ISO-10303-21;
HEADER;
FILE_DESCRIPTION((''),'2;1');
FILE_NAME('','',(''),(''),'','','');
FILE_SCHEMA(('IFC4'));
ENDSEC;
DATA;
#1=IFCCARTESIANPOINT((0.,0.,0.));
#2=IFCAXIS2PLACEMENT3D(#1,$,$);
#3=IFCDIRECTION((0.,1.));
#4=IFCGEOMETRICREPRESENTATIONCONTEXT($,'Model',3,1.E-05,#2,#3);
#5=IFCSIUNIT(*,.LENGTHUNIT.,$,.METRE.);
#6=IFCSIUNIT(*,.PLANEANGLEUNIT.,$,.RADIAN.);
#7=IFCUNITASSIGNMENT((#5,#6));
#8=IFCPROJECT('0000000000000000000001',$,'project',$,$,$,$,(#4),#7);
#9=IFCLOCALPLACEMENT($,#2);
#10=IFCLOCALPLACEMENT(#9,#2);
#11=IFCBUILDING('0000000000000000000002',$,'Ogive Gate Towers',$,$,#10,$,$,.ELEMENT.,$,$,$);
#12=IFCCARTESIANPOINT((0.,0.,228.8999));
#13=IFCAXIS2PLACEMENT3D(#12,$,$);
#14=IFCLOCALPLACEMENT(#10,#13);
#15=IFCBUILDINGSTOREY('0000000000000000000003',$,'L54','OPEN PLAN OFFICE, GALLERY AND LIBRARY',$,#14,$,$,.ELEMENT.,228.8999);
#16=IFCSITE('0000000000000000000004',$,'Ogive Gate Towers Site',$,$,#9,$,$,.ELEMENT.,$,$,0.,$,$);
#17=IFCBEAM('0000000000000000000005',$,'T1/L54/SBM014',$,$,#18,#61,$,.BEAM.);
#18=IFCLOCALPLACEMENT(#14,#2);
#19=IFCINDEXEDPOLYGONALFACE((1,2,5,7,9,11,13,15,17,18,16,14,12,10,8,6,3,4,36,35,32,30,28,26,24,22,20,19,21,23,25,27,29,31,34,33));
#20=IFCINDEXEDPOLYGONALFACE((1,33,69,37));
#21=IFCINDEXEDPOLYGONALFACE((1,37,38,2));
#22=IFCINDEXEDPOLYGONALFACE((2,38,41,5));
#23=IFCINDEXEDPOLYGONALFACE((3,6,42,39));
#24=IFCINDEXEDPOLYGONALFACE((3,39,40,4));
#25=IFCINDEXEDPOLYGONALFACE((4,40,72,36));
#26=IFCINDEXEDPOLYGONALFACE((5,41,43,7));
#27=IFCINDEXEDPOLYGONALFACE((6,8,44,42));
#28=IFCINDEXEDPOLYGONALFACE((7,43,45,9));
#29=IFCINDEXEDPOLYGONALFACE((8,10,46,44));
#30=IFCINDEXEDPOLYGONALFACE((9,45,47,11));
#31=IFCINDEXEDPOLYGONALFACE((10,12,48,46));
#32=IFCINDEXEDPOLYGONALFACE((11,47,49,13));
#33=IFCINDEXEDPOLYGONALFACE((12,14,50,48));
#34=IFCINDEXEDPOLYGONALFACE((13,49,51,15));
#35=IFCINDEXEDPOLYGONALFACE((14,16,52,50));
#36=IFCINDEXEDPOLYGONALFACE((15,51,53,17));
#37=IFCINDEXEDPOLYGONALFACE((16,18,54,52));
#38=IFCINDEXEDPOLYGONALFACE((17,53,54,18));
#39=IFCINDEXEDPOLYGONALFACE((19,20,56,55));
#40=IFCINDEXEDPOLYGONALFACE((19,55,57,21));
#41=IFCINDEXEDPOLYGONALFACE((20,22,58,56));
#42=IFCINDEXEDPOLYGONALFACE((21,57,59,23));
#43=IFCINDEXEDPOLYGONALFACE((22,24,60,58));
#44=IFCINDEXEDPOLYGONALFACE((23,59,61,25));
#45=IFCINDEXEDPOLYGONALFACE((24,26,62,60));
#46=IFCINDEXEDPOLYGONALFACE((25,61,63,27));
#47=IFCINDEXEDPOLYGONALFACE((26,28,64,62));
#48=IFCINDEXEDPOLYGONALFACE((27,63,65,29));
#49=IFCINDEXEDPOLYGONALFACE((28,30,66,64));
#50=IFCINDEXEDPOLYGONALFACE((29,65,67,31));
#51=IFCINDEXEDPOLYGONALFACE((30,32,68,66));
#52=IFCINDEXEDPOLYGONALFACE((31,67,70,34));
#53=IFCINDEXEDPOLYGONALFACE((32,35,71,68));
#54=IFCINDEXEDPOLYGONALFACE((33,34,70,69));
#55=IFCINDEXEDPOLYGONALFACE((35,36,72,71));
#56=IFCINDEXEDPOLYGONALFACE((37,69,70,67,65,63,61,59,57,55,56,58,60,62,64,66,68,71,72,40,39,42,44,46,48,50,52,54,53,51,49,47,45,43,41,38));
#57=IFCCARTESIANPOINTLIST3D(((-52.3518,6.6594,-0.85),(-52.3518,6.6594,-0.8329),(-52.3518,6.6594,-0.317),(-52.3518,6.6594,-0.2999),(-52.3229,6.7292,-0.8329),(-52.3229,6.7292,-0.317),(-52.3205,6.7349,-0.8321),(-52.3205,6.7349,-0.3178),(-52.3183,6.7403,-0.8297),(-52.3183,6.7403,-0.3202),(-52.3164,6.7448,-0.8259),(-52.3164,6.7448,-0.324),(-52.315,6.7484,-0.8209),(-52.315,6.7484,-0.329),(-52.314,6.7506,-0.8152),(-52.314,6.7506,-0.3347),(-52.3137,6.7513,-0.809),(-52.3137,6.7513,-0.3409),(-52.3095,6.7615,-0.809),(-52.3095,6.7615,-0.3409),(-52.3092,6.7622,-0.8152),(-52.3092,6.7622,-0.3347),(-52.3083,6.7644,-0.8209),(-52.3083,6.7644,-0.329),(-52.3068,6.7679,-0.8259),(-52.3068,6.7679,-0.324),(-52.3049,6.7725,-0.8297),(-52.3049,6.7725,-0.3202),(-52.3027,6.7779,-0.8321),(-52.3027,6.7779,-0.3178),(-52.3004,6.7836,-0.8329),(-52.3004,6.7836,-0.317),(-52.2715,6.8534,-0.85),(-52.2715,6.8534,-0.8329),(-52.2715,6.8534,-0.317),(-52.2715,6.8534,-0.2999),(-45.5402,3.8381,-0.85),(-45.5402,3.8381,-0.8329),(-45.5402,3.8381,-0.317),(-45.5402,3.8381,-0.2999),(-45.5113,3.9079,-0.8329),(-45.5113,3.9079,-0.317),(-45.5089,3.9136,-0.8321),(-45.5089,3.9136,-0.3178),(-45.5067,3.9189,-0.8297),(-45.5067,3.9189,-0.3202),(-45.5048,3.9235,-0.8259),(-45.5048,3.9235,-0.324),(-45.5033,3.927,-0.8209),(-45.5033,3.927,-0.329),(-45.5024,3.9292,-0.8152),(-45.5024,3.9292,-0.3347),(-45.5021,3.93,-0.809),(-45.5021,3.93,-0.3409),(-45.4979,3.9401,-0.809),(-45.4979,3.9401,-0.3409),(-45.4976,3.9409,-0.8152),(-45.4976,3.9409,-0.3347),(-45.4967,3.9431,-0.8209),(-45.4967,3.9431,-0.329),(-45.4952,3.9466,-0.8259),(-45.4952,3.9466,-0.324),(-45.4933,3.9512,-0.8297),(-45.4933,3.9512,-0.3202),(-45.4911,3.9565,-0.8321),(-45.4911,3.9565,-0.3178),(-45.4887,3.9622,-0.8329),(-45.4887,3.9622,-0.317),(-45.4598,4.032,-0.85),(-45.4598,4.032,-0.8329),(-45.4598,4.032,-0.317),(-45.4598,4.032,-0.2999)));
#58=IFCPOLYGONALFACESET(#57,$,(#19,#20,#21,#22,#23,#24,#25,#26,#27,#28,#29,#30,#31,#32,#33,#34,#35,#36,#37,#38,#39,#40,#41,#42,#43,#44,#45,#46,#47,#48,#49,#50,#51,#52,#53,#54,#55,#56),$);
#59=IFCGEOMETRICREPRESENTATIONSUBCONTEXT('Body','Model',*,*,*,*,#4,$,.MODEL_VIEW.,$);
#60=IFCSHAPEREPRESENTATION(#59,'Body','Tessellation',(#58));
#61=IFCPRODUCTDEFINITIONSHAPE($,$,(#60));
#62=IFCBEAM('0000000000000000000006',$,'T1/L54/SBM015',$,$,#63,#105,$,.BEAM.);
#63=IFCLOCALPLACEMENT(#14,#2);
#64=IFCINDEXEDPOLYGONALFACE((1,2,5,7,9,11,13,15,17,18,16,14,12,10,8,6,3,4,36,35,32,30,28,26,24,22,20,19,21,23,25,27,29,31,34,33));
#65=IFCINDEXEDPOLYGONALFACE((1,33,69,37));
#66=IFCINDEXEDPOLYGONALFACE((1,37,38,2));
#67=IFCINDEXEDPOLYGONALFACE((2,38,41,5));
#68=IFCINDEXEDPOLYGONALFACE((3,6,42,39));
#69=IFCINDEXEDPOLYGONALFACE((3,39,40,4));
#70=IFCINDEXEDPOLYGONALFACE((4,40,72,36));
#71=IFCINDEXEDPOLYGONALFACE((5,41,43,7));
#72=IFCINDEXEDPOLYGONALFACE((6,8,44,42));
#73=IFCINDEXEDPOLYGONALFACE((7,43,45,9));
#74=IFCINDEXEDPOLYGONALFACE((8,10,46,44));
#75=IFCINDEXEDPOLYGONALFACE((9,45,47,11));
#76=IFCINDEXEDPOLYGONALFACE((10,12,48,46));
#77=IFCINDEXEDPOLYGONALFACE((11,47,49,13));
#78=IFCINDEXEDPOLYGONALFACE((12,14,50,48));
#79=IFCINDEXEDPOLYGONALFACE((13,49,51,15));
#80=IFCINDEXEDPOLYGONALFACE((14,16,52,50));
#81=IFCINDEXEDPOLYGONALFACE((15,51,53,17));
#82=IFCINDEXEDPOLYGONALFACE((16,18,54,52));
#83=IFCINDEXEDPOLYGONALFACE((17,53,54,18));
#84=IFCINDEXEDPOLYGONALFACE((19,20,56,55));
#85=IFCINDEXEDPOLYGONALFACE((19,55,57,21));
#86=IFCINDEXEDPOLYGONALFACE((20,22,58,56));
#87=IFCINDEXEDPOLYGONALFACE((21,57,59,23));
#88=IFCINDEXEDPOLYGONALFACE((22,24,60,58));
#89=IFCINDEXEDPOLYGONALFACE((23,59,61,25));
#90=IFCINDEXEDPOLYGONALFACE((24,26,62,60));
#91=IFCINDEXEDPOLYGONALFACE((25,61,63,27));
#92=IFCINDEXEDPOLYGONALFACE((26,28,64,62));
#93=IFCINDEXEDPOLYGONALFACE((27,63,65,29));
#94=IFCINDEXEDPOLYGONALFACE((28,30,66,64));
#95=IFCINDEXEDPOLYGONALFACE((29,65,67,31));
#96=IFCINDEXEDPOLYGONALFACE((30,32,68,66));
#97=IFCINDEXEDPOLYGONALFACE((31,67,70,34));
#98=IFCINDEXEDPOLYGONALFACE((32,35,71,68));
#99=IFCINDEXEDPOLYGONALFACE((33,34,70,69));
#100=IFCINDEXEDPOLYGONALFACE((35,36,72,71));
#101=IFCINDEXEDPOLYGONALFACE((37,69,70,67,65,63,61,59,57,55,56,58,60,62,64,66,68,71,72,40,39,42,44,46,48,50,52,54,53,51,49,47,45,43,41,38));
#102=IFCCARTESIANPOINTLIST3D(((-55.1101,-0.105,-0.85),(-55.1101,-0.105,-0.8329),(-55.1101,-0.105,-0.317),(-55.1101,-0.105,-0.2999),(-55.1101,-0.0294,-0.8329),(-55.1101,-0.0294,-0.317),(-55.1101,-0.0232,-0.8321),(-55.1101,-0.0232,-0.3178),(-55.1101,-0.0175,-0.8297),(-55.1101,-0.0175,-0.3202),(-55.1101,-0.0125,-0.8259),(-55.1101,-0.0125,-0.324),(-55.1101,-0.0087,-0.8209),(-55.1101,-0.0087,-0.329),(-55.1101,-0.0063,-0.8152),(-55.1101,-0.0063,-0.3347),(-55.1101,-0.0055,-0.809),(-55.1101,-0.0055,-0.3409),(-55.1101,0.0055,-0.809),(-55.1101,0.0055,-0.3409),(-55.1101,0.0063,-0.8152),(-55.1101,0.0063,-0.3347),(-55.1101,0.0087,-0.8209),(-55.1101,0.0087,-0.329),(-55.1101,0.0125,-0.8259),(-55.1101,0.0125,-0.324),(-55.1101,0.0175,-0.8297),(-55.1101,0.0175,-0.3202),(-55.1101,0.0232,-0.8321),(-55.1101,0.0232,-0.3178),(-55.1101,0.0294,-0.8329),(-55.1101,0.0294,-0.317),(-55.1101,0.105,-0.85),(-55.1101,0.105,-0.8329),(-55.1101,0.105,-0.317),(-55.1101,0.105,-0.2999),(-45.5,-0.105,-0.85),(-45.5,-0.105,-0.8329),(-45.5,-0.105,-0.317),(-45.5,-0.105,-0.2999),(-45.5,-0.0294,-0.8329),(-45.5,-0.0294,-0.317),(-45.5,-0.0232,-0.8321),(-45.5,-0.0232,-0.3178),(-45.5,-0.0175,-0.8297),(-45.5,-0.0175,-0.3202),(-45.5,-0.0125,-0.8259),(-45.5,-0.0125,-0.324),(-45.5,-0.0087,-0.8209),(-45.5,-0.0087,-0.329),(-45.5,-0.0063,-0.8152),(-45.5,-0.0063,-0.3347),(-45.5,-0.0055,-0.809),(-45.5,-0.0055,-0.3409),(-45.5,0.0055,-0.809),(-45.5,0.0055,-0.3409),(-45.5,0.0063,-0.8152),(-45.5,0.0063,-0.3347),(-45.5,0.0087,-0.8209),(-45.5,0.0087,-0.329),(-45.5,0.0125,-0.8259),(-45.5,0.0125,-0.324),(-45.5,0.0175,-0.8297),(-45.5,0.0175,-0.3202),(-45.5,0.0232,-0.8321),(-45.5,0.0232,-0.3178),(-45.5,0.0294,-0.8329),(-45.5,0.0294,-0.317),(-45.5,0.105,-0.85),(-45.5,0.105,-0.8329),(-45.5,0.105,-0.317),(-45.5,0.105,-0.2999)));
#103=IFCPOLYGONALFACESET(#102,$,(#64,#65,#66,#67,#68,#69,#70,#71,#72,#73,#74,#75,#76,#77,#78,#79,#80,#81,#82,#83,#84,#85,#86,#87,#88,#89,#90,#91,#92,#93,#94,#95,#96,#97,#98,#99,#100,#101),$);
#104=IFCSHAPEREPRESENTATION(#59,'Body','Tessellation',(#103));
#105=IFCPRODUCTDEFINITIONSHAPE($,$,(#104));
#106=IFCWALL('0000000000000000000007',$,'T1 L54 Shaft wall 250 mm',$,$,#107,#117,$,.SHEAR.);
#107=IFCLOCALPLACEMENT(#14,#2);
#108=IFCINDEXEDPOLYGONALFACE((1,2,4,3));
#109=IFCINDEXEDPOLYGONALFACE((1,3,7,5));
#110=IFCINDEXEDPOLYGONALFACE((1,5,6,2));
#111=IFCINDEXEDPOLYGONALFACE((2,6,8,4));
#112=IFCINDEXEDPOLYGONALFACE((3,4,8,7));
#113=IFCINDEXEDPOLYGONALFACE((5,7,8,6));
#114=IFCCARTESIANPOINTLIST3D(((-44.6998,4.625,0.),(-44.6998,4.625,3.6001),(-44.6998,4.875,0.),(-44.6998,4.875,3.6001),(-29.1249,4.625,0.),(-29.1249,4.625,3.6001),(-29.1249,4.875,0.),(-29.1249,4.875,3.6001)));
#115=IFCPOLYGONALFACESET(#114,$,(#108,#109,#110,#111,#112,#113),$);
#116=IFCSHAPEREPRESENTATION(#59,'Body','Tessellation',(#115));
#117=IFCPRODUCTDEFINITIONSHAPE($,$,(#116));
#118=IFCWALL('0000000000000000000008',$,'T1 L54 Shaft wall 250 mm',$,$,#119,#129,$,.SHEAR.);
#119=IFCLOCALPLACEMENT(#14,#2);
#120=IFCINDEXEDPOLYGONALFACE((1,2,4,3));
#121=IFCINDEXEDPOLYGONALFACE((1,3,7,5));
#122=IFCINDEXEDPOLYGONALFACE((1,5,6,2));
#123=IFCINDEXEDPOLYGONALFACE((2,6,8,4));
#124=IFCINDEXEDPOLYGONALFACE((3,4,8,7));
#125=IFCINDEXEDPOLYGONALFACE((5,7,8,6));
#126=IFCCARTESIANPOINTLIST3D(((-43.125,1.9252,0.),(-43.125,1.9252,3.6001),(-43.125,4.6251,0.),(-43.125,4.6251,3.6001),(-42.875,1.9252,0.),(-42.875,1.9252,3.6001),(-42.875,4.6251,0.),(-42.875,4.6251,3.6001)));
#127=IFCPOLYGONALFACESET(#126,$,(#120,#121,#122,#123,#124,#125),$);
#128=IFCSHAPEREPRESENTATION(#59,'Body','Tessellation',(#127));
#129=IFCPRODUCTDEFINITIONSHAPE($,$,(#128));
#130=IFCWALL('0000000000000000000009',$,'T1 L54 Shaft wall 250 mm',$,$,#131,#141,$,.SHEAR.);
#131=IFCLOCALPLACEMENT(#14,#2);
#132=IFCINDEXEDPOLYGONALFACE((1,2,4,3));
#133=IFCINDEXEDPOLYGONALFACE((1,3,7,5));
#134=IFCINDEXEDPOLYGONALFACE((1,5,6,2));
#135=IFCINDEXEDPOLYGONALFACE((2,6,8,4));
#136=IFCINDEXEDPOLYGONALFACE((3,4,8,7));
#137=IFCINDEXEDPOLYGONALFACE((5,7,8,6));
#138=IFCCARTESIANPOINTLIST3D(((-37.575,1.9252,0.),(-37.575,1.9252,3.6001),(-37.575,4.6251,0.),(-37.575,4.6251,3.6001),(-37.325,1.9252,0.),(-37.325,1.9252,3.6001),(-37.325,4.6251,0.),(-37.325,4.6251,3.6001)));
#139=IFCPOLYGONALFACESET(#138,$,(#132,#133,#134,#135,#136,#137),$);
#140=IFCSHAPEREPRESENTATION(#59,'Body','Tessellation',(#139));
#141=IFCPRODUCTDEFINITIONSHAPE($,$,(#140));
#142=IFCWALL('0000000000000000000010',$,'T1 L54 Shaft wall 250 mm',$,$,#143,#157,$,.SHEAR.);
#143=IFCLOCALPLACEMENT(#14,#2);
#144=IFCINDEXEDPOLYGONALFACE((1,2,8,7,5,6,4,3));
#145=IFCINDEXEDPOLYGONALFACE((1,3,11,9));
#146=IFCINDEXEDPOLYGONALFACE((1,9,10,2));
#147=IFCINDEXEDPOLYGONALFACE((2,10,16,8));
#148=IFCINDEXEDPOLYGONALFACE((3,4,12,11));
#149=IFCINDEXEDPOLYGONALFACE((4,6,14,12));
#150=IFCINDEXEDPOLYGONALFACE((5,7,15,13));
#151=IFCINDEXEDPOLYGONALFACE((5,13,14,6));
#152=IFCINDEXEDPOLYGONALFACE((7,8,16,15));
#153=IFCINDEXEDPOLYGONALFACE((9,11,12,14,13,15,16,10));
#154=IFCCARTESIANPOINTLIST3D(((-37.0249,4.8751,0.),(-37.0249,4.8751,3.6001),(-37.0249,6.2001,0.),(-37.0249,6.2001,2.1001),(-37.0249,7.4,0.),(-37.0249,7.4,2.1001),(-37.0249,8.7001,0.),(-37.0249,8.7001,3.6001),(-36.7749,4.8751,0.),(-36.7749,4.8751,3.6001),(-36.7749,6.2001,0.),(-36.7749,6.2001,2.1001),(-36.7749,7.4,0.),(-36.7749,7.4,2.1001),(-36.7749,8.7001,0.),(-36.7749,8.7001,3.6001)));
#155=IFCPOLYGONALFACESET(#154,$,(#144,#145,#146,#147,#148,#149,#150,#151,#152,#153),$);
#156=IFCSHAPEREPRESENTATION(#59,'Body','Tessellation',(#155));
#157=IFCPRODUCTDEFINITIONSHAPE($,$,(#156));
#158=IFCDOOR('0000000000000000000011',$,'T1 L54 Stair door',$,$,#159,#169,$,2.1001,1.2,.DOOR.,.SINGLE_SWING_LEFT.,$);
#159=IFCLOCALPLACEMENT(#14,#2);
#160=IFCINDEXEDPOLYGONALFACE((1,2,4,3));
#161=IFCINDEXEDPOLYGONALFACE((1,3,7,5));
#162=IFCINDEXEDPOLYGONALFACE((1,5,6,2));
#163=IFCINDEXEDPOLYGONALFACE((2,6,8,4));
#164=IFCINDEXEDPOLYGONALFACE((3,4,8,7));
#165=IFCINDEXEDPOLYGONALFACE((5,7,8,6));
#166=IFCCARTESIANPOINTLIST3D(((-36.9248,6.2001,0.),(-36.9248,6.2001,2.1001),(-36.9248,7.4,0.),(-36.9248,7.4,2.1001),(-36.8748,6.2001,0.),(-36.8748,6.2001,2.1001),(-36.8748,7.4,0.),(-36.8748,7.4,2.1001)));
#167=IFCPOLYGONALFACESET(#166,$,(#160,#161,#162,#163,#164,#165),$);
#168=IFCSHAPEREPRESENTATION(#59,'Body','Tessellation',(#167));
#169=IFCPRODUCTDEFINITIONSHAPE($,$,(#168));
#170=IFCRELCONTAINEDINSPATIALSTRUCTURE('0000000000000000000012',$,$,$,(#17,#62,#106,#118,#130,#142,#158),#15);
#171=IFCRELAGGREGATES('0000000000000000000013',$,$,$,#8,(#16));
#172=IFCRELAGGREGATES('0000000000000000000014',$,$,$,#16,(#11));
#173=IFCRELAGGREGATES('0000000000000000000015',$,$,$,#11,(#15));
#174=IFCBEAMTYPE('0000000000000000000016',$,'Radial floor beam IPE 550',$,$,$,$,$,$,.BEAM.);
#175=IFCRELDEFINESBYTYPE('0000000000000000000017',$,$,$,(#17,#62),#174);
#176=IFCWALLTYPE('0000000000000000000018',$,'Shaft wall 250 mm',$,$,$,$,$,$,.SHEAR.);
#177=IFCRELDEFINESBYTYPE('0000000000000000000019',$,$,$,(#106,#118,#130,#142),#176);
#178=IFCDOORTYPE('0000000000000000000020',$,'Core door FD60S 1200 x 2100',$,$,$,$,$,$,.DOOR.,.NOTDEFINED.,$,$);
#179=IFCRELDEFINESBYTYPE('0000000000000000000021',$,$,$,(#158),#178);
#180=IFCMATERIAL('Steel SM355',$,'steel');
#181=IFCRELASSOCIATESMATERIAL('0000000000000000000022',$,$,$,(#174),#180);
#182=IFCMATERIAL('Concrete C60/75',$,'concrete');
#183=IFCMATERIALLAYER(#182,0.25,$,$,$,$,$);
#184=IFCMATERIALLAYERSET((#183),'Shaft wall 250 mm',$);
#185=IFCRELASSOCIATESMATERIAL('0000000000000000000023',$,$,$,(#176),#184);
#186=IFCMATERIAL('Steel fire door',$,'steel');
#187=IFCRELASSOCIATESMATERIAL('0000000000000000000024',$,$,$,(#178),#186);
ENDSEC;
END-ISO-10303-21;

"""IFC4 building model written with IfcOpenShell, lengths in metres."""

from ifc_helpers import new_model, si_unit, direction, frame, frame_2d, origin, origin_2d, place, context, subcontext, project, spatial, rectangle, i_section, extrude, material, layer, layer_set, material_profile, profile_set, type_object, element, fill, save


model = new_model("IFC4")

# Units and contexts
model_context = context("Model", 3, precision=1e-05, world=origin(), true_north=direction((0.0, 1.0)))
body_context = subcontext(model_context, "Body", "Model", "MODEL_VIEW")
ifc_project = project(units=[si_unit("LENGTHUNIT", "METRE"), si_unit("PLANEANGLEUNIT", "RADIAN")], contexts=[model_context])

# Site, building, storey
site_placement = place(None, origin())
site = spatial("IfcSite", under=ifc_project, at=site_placement, Name="Ogive Gate Towers Site", CompositionType="ELEMENT", RefElevation=0.0)
building_placement = place(site_placement, origin())
building = spatial("IfcBuilding", under=site, at=building_placement, Name="Ogive Gate Towers", CompositionType="ELEMENT")
storey_placement = place(building_placement, frame((0.0, 0.0, 228.8999)))
storey = spatial("IfcBuildingStorey", under=building, at=storey_placement, Name="L54", Description="OPEN PLAN OFFICE, GALLERY AND LIBRARY", CompositionType="ELEMENT", Elevation=228.8999)

# Beams
ifc_material_1 = material(Name="Steel SM355", Category="steel")
ifc_material_profile = material_profile(ifc_material_1, i_section(OverallWidth=0.21, OverallDepth=0.55, WebThickness=0.011, FlangeThickness=0.0171, FilletRadius=0.0239, at=origin_2d()), Name="IPE 550")
ifc_profile_set = profile_set([ifc_material_profile], Name="Steel SM355")
beam_type = type_object("IfcBeamType", Name="Radial floor beam IPE 550", PredefinedType="BEAM", material=ifc_profile_set)
beam_1_placement = place(storey_placement, frame((-45.5, 3.9351, -0.575), z_axis=(-0.923886, 0.382668, 0.0), x_axis=(-0.382668, -0.923886, 0.0)))
element("IfcBeam", 1, at=beam_1_placement, inside=storey, type_object=beam_type, Name="T1/L54/SBM014", PredefinedType="BEAM", context=body_context, shape_type="SweptSolid", body=[
    extrude(i_section(OverallWidth=0.21, OverallDepth=0.55, WebThickness=0.011, FlangeThickness=0.0171, FilletRadius=0.0239, at=origin_2d()), origin(), (0.0, 0.0, 1.0), 7.3728),
])
beam_2_placement = place(storey_placement, frame((-45.5, 0.0, -0.575), z_axis=(-1.0, 0.0, 0.0), x_axis=(0.0, -1.0, 0.0)))
element("IfcBeam", 2, at=beam_2_placement, inside=storey, type_object=beam_type, Name="T1/L54/SBM015", PredefinedType="BEAM", context=body_context, shape_type="SweptSolid", body=[
    extrude(i_section(OverallWidth=0.21, OverallDepth=0.55, WebThickness=0.011, FlangeThickness=0.0171, FilletRadius=0.0239, at=origin_2d()), origin(), (0.0, 0.0, 1.0), 9.6101),
])

# Walls
ifc_material_2 = material(Name="Concrete C60/75", Category="concrete")
ifc_layer_1 = layer(ifc_material_2, 0.25)
ifc_layer_set_1 = layer_set([ifc_layer_1], Name="Shaft wall 250 mm")
wall_type_1 = type_object("IfcWallType", Name="Shaft wall 250 mm", PredefinedType="SHEAR", material=ifc_layer_set_1)
wall_1_placement = place(storey_placement, frame((-44.7, 4.75, 0.0), z_axis=(0.0, 0.0, 1.0), x_axis=(1.0, 0.0, 0.0)))
element("IfcWall", 3, at=wall_1_placement, inside=storey, type_object=wall_type_1, Name="T1 L54 Shaft wall 250 mm", PredefinedType="SHEAR", context=body_context, shape_type="SweptSolid", body=[
    extrude(rectangle(XDim=15.575, YDim=0.25, at=frame_2d((7.7876, 0.0))), origin(), (0.0, 0.0, 1.0), 3.6001),
])
for number, where, z_axis, x_axis, name in (
    (4, (-43.0, 1.925, 0.0), (0.0, 0.0, 1.0), (0.0, 1.0, 0.0), "T1 L54 Shaft wall 250 mm"),
    (5, (-37.45, 1.925, 0.0), (0.0, 0.0, 1.0), (0.0, 1.0, 0.0), "T1 L54 Shaft wall 250 mm"),
):
    element("IfcWall", number, at=place(storey_placement, frame(where, z_axis=z_axis, x_axis=x_axis)), inside=storey, type_object=wall_type_1, Name=name, PredefinedType="SHEAR", context=body_context, shape_type="SweptSolid", body=[
        extrude(rectangle(XDim=2.7, YDim=0.25, at=frame_2d((1.3501, 0.0))), origin(), (0.0, 0.0, 1.0), 3.6001),
    ])

# Wall, opening, door
wall_2_placement = place(storey_placement, frame((-36.8999, 4.875, 0.0), z_axis=(0.0, 0.0, 1.0), x_axis=(0.0, 1.0, 0.0)))
wall_2 = element("IfcWall", 6, at=wall_2_placement, inside=storey, type_object=wall_type_1, Name="T1 L54 Shaft wall 250 mm", PredefinedType="SHEAR", context=body_context, shape_type="SweptSolid", body=[
    extrude(rectangle(XDim=3.825, YDim=0.25, at=frame_2d((1.9126, 0.0))), origin(), (0.0, 0.0, 1.0), 3.6001),
])
opening_1_placement = place(wall_2_placement, frame((1.325, 0.0, 0.0)))
opening_1 = element("IfcOpeningElement", 7, at=opening_1_placement, cuts=wall_2, PredefinedType="OPENING", context=body_context, shape_type="SweptSolid", body=[
    extrude(rectangle(XDim=1.2, YDim=2.1001, at=frame_2d((0.6001, 1.05))), frame((0.0, 0.135, 0.0), z_axis=(0.0, -1.0, 0.0), x_axis=(1.0, 0.0, 0.0)), (0.0, 0.0, 1.0), 0.27),
])
ifc_material_3 = material(Name="Steel fire door", Category="steel")
door_type_1 = type_object("IfcDoorType", Name="Core door FD60S 1200 x 2100", OperationType="NOTDEFINED", PredefinedType="DOOR", material=ifc_material_3)
door_1_placement = place(opening_1_placement, origin())
door_1 = element("IfcDoor", 8, at=door_1_placement, inside=storey, type_object=door_type_1, Name="T1 L54 Stair door", OperationType="SINGLE_SWING_LEFT", OverallHeight=2.1001, OverallWidth=1.2, PredefinedType="DOOR", context=body_context, shape_type="SweptSolid", body=[
    extrude(rectangle(XDim=1.2, YDim=2.1001, at=frame_2d((0.6001, 1.05))), frame((0.0, 0.0249, 0.0), z_axis=(0.0, -1.0, 0.0), x_axis=(1.0, 0.0, 0.0)), (0.0, 0.0, 1.0), 0.05),
])
fill(opening_1, door_1)

save(model, "model.ifc")
